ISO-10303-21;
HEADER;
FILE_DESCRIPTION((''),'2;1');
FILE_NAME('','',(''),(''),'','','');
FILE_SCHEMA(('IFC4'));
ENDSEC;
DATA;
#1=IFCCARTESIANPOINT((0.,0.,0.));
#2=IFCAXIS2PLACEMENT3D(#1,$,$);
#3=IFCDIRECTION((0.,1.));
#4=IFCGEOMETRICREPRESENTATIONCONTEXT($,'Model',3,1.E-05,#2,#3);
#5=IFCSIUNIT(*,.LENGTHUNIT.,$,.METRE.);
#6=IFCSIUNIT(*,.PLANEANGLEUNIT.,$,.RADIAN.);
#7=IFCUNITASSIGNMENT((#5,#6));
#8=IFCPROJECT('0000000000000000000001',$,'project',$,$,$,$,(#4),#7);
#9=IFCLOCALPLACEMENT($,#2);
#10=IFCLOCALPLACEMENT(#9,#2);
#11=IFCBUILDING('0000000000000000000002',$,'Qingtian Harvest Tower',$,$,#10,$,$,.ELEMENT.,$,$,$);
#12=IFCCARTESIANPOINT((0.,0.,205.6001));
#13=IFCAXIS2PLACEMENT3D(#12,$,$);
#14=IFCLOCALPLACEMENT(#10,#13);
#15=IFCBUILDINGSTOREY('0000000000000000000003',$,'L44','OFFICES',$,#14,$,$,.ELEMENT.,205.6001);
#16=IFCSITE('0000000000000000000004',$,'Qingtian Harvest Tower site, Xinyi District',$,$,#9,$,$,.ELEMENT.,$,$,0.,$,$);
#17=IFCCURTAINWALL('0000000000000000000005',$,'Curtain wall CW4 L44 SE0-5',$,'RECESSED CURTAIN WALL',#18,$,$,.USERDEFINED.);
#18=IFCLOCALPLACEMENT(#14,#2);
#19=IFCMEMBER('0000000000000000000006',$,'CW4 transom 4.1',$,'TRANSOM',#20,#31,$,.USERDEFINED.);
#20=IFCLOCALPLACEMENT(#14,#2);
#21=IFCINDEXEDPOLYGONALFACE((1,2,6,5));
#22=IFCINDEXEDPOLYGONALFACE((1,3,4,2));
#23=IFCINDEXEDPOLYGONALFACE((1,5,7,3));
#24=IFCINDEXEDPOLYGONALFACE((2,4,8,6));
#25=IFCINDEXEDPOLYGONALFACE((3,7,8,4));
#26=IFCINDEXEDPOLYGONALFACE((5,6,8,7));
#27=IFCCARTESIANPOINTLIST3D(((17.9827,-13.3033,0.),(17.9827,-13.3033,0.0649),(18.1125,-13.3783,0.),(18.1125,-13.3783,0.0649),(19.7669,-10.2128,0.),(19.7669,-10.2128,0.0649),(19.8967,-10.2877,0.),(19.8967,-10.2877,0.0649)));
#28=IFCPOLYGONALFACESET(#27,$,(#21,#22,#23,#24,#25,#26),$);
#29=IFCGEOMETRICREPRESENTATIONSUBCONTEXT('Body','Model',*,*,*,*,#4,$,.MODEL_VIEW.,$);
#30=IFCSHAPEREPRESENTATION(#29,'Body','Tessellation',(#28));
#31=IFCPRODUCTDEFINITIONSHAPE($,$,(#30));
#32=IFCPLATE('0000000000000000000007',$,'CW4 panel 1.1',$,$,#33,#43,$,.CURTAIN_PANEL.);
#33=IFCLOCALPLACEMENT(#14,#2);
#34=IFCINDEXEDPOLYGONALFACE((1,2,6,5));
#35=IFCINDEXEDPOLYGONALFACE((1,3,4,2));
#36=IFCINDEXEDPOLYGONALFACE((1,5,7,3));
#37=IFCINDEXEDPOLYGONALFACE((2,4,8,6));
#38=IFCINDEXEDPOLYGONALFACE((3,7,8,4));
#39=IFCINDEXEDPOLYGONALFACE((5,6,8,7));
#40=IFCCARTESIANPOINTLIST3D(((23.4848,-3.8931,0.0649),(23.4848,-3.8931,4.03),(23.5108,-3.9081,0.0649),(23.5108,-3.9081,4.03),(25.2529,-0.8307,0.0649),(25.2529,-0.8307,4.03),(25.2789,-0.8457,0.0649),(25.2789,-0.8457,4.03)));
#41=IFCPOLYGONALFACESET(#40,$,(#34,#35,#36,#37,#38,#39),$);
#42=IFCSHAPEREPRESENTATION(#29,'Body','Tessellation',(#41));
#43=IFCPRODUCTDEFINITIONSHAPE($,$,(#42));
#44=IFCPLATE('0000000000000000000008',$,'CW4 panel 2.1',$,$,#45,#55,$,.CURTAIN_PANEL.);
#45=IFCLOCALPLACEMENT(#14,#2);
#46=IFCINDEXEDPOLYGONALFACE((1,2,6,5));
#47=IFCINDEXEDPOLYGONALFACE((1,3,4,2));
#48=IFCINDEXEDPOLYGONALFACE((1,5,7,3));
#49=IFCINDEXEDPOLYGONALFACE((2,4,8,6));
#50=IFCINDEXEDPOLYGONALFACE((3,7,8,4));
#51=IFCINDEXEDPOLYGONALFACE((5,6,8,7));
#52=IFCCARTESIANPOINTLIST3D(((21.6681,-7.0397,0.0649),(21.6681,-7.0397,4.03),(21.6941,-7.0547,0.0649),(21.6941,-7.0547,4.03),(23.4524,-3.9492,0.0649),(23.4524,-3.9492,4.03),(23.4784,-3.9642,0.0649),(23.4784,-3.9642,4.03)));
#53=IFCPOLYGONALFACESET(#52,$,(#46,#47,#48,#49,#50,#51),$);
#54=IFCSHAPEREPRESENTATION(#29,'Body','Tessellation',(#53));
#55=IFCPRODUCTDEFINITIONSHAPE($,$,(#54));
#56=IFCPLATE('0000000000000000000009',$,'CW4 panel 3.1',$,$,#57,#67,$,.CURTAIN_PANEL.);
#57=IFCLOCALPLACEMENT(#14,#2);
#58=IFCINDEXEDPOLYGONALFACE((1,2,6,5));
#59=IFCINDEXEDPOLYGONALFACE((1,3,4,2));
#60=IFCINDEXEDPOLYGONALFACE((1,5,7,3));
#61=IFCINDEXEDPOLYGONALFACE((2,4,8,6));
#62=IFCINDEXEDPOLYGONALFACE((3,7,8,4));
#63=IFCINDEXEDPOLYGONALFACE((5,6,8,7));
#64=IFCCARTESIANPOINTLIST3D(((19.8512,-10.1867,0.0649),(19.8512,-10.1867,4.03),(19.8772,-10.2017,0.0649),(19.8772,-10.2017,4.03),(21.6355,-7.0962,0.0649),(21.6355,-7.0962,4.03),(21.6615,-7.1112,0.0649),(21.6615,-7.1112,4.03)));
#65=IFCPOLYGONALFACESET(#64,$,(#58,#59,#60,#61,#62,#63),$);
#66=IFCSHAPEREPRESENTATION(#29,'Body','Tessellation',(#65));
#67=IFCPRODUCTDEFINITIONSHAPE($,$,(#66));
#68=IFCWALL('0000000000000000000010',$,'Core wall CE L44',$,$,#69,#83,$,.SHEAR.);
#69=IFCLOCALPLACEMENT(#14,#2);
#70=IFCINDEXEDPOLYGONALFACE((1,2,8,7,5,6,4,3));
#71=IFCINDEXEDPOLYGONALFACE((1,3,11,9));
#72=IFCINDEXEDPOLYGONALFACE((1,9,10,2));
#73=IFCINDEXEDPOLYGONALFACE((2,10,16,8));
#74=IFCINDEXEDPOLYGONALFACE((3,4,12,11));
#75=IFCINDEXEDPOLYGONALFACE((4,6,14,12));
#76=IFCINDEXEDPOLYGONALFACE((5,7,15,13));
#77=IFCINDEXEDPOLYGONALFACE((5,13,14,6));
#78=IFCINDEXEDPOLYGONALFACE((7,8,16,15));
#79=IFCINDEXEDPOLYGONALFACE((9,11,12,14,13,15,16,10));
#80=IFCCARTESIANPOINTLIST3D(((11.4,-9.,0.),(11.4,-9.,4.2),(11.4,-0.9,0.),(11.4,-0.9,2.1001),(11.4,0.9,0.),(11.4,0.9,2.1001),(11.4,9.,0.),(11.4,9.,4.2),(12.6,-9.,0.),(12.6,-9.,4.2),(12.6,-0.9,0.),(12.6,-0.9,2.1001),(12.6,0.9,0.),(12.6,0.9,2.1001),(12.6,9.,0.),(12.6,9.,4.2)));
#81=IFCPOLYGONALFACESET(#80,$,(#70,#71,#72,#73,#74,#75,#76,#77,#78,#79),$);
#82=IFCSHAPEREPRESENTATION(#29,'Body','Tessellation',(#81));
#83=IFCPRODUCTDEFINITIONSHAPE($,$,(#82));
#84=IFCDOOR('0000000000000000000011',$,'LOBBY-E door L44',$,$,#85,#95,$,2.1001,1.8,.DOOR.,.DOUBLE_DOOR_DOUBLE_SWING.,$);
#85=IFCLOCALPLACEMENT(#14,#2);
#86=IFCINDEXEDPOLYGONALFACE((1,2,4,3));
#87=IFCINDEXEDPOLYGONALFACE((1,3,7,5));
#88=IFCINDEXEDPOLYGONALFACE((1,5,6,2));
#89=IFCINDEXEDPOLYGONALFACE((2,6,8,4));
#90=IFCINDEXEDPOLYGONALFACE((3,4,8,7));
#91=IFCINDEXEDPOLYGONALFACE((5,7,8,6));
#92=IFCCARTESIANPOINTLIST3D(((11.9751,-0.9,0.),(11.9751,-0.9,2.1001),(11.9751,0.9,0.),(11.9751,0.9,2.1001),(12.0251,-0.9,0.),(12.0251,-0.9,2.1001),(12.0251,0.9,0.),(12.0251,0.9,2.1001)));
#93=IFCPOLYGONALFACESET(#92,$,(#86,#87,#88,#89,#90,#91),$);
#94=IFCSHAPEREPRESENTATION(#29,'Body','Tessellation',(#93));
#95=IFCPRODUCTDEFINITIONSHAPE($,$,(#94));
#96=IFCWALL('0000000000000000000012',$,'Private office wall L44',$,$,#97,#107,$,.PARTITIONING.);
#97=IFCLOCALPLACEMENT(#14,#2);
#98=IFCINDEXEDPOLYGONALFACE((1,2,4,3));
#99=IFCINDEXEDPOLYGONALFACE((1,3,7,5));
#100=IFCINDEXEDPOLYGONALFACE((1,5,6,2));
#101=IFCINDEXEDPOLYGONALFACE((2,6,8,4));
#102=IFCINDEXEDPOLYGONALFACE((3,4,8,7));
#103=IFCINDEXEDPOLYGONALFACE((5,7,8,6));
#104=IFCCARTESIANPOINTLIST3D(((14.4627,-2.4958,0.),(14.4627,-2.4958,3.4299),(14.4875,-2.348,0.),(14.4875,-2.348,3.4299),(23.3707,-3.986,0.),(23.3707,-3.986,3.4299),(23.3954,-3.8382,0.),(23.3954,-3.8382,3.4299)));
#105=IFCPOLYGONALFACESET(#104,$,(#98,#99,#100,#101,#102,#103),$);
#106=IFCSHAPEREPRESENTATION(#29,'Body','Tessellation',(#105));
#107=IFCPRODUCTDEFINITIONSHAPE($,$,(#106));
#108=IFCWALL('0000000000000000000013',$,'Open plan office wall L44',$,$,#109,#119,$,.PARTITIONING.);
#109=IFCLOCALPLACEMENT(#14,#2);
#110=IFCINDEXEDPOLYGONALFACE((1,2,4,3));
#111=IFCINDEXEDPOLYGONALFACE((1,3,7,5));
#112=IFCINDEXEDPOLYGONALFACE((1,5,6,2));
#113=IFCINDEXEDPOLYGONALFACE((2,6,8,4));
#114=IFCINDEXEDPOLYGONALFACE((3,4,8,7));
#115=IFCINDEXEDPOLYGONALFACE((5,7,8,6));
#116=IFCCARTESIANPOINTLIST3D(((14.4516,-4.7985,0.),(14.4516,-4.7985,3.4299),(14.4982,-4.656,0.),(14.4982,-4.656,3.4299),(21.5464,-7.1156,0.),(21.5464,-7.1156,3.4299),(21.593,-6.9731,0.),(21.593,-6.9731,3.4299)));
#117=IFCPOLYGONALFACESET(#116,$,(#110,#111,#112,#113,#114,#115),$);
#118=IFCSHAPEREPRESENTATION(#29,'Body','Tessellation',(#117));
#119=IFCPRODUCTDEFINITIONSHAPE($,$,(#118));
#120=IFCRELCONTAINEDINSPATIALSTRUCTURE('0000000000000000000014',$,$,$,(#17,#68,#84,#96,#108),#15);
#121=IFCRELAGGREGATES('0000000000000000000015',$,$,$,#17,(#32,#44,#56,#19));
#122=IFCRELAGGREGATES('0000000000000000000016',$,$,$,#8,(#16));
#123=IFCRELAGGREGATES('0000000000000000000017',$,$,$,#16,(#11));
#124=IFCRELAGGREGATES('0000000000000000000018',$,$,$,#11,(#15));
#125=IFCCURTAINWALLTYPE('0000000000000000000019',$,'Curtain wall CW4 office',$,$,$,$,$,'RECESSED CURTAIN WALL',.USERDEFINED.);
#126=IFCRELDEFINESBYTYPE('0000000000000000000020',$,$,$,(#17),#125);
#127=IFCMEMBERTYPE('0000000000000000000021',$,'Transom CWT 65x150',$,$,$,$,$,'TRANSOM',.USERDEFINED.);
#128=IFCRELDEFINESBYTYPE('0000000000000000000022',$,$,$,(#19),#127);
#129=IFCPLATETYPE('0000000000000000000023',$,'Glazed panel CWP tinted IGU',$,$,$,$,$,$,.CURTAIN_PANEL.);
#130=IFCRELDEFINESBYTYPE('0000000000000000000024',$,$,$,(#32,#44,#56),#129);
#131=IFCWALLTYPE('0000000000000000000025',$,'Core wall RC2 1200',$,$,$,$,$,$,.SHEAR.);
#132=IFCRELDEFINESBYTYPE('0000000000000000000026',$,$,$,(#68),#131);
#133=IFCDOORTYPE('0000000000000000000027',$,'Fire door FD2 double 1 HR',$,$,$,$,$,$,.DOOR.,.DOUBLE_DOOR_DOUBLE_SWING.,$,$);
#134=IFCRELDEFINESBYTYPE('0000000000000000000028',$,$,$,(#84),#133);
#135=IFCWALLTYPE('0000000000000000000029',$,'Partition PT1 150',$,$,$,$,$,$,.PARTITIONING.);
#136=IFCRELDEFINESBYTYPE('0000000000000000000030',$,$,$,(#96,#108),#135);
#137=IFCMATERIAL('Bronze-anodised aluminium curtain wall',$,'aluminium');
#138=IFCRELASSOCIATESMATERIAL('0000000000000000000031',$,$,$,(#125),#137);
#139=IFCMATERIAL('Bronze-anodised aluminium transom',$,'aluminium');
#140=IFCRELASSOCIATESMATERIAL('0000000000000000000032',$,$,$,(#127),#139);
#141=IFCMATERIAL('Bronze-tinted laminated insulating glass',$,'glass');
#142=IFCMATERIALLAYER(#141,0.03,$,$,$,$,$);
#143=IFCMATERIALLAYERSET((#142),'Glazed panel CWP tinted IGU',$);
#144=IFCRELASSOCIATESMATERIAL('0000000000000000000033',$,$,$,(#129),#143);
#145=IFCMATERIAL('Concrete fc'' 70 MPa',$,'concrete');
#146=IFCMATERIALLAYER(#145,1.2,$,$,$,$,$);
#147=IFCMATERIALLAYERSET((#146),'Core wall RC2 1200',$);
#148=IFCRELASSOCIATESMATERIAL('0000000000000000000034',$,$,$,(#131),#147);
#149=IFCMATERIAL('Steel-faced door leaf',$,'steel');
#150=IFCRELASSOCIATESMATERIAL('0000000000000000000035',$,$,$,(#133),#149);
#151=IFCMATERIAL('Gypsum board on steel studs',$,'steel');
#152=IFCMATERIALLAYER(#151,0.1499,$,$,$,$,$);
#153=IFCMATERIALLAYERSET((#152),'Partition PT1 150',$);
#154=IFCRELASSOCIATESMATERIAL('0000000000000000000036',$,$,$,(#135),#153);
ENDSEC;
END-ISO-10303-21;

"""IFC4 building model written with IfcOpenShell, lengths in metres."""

from ifc_helpers import new_model, si_unit, direction, frame, frame_2d, origin, origin_2d, place, context, subcontext, project, spatial, rectangle, extrude, material, layer, layer_set, material_profile, profile_set, type_object, element, fill, aggregate, save


model = new_model("IFC4")

# Units and contexts
model_context = context("Model", 3, precision=1e-05, world=origin(), true_north=direction((0.0, 1.0)))
body_context = subcontext(model_context, "Body", "Model", "MODEL_VIEW")
ifc_project = project(units=[si_unit("LENGTHUNIT", "METRE"), si_unit("PLANEANGLEUNIT", "RADIAN")], contexts=[model_context])

# Site, building, storey
site_placement = place(None, origin())
site = spatial("IfcSite", under=ifc_project, at=site_placement, Name="Qingtian Harvest Tower site, Xinyi District", CompositionType="ELEMENT", RefElevation=0.0)
building_placement = place(site_placement, origin())
building = spatial("IfcBuilding", under=site, at=building_placement, Name="Qingtian Harvest Tower", CompositionType="ELEMENT")
storey_placement = place(building_placement, frame((0.0, 0.0, 205.6001)))
storey = spatial("IfcBuildingStorey", under=building, at=storey_placement, Name="L44", Description="OFFICES", CompositionType="ELEMENT", Elevation=205.6001)

# Shared definitions
ifc_material_1 = material(Name="Bronze-anodised aluminium curtain wall", Category="aluminium")
curtain_wall_type = type_object("IfcCurtainWallType", Name="Curtain wall CW4 office", ElementType="RECESSED CURTAIN WALL", PredefinedType="USERDEFINED", material=ifc_material_1)

# Curtain wall
curtain_wall_1_placement = place(storey_placement, origin())
curtain_wall_1 = element("IfcCurtainWall", 1, at=curtain_wall_1_placement, inside=storey, type_object=curtain_wall_type, Name="Curtain wall CW4 L44 SE0-5", ObjectType="RECESSED CURTAIN WALL", PredefinedType="USERDEFINED")

# Member
ifc_material_2 = material(Name="Bronze-anodised aluminium transom", Category="aluminium")
ifc_material_profile_1 = material_profile(ifc_material_2, rectangle(XDim=0.1499, YDim=0.0649, at=origin_2d()), Name="AL 65x150")
ifc_profile_set_1 = profile_set([ifc_material_profile_1], Name="Bronze-anodised aluminium transom")
member_type_1 = type_object("IfcMemberType", Name="Transom CWT 65x150", ElementType="TRANSOM", PredefinedType="USERDEFINED", material=ifc_profile_set_1)
member_1_placement = place(storey_placement, frame((19.8318, -10.2502, 0.0325), z_axis=(-0.499965, -0.866045, 0.0), x_axis=(0.866045, -0.499965, 0.0)))
member_1 = element("IfcMember", 2, at=member_1_placement, type_object=member_type_1, Name="CW4 transom 4.1", ObjectType="TRANSOM", PredefinedType="USERDEFINED", context=body_context, shape_type="SweptSolid", body=[
    extrude(rectangle(XDim=0.1499, YDim=0.0649, at=origin_2d()), origin(), (0.0, 0.0, 1.0), 3.5686),
])

# Plates
ifc_material_3 = material(Name="Bronze-tinted laminated insulating glass", Category="glass")
ifc_layer_1 = layer(ifc_material_3, 0.03)
ifc_layer_set_1 = layer_set([ifc_layer_1], Name="Glazed panel CWP tinted IGU")
plate_type = type_object("IfcPlateType", Name="Glazed panel CWP tinted IGU", PredefinedType="CURTAIN_PANEL", material=ifc_layer_set_1)
plate_1_placement = place(storey_placement, frame((24.3818, -2.3694, 0.0649), z_axis=(0.0, 0.0, 1.0), x_axis=(-0.5, -0.866025, 0.0)))
plate_1 = element("IfcPlate", 3, at=plate_1_placement, type_object=plate_type, Name="CW4 panel 1.1", PredefinedType="CURTAIN_PANEL", context=body_context, shape_type="SweptSolid", body=[
    extrude(rectangle(XDim=3.5361, YDim=0.03, at=origin_2d()), origin(), (0.0, 0.0, 1.0), 3.9651),
])
plate_2_placement = place(storey_placement, frame((22.5732, -5.502, 0.0649), z_axis=(0.0, 0.0, 1.0), x_axis=(-0.5, -0.866025, 0.0)))
plate_2 = element("IfcPlate", 4, at=plate_2_placement, type_object=plate_type, Name="CW4 panel 2.1", PredefinedType="CURTAIN_PANEL", context=body_context, shape_type="SweptSolid", body=[
    extrude(rectangle(XDim=3.5686, YDim=0.03, at=origin_2d()), origin(), (0.0, 0.0, 1.0), 3.9651),
])
plate_3_placement = place(storey_placement, frame((20.7563, -8.6489, 0.0649), z_axis=(0.0, 0.0, 1.0), x_axis=(-0.5, -0.866025, 0.0)))
plate_3 = element("IfcPlate", 5, at=plate_3_placement, type_object=plate_type, Name="CW4 panel 3.1", PredefinedType="CURTAIN_PANEL", context=body_context, shape_type="SweptSolid", body=[
    extrude(rectangle(XDim=3.5686, YDim=0.03, at=origin_2d()), origin(), (0.0, 0.0, 1.0), 3.9651),
])
aggregate(curtain_wall_1, [plate_1, plate_2, plate_3, member_1])

# Wall, opening, door
ifc_material_4 = material(Name="Concrete fc' 70 MPa", Category="concrete")
ifc_layer_2 = layer(ifc_material_4, 1.2)
ifc_layer_set_2 = layer_set([ifc_layer_2], Name="Core wall RC2 1200")
wall_type_1 = type_object("IfcWallType", Name="Core wall RC2 1200", PredefinedType="SHEAR", material=ifc_layer_set_2)
wall_1_placement = place(storey_placement, frame((12.0, -9.0, 0.0), z_axis=(0.0, 0.0, 1.0), x_axis=(0.0, 1.0, 0.0)))
wall_1 = element("IfcWall", 6, at=wall_1_placement, inside=storey, type_object=wall_type_1, Name="Core wall CE L44", PredefinedType="SHEAR", context=body_context, shape_type="SweptSolid", body=[
    extrude(rectangle(XDim=18.0, YDim=1.2, at=frame_2d((9.0, 0.0))), origin(), (0.0, 0.0, 1.0), 4.2),
])
opening_1_placement = place(wall_1_placement, frame((8.1001, 0.0, 0.0)))
opening_1 = element("IfcOpeningElement", 7, at=opening_1_placement, cuts=wall_1, PredefinedType="OPENING", context=body_context, shape_type="SweptSolid", body=[
    extrude(rectangle(XDim=1.8, YDim=2.1001, at=frame_2d((0.8999, 1.05))), frame((0.0, 0.6099, 0.0), z_axis=(0.0, -1.0, 0.0), x_axis=(1.0, 0.0, 0.0)), (0.0, 0.0, 1.0), 1.22),
])
ifc_material_5 = material(Name="Steel-faced door leaf", Category="steel")
door_type_1 = type_object("IfcDoorType", Name="Fire door FD2 double 1 HR", OperationType="DOUBLE_DOOR_DOUBLE_SWING", PredefinedType="DOOR", material=ifc_material_5)
door_1_placement = place(opening_1_placement, origin())
door_1 = element("IfcDoor", 8, at=door_1_placement, inside=storey, type_object=door_type_1, Name="LOBBY-E door L44", OperationType="DOUBLE_DOOR_DOUBLE_SWING", OverallHeight=2.1001, OverallWidth=1.8, PredefinedType="DOOR", context=body_context, shape_type="SweptSolid", body=[
    extrude(rectangle(XDim=1.8, YDim=2.1001, at=frame_2d((0.8999, 1.05))), frame((0.0, 0.0249, 0.0), z_axis=(0.0, -1.0, 0.0), x_axis=(1.0, 0.0, 0.0)), (0.0, 0.0, 1.0), 0.05),
])
fill(opening_1, door_1)

# Wall
ifc_material_6 = material(Name="Gypsum board on steel studs", Category="steel")
ifc_layer_3 = layer(ifc_material_6, 0.1499)
ifc_layer_set_3 = layer_set([ifc_layer_3], Name="Partition PT1 150")
wall_type_2 = type_object("IfcWallType", Name="Partition PT1 150", PredefinedType="PARTITIONING", material=ifc_layer_set_3)
wall_2_placement = place(storey_placement, frame((23.3831, -3.9121, 0.0), z_axis=(0.0, 0.0, 1.0), x_axis=(-0.986294, 0.164999, 0.0)))
element("IfcWall", 9, at=wall_2_placement, inside=storey, type_object=wall_type_2, Name="Private office wall L44", PredefinedType="PARTITIONING", context=body_context, shape_type="SweptSolid", body=[
    extrude(rectangle(XDim=9.0317, YDim=0.1499, at=frame_2d((4.5159, 0.0))), origin(), (0.0, 0.0, 1.0), 3.4299),
])

# Wall
wall_3_placement = place(storey_placement, frame((21.5698, -7.0444, 0.0), z_axis=(0.0, 0.0, 1.0), x_axis=(-0.950586, 0.310462, 0.0)))
element("IfcWall", 10, at=wall_3_placement, inside=storey, type_object=wall_type_2, Name="Open plan office wall L44", PredefinedType="PARTITIONING", context=body_context, shape_type="SweptSolid", body=[
    extrude(rectangle(XDim=7.4636, YDim=0.1499, at=frame_2d((3.7319, 0.0))), origin(), (0.0, 0.0, 1.0), 3.4299),
])

save(model, "model.ifc")
